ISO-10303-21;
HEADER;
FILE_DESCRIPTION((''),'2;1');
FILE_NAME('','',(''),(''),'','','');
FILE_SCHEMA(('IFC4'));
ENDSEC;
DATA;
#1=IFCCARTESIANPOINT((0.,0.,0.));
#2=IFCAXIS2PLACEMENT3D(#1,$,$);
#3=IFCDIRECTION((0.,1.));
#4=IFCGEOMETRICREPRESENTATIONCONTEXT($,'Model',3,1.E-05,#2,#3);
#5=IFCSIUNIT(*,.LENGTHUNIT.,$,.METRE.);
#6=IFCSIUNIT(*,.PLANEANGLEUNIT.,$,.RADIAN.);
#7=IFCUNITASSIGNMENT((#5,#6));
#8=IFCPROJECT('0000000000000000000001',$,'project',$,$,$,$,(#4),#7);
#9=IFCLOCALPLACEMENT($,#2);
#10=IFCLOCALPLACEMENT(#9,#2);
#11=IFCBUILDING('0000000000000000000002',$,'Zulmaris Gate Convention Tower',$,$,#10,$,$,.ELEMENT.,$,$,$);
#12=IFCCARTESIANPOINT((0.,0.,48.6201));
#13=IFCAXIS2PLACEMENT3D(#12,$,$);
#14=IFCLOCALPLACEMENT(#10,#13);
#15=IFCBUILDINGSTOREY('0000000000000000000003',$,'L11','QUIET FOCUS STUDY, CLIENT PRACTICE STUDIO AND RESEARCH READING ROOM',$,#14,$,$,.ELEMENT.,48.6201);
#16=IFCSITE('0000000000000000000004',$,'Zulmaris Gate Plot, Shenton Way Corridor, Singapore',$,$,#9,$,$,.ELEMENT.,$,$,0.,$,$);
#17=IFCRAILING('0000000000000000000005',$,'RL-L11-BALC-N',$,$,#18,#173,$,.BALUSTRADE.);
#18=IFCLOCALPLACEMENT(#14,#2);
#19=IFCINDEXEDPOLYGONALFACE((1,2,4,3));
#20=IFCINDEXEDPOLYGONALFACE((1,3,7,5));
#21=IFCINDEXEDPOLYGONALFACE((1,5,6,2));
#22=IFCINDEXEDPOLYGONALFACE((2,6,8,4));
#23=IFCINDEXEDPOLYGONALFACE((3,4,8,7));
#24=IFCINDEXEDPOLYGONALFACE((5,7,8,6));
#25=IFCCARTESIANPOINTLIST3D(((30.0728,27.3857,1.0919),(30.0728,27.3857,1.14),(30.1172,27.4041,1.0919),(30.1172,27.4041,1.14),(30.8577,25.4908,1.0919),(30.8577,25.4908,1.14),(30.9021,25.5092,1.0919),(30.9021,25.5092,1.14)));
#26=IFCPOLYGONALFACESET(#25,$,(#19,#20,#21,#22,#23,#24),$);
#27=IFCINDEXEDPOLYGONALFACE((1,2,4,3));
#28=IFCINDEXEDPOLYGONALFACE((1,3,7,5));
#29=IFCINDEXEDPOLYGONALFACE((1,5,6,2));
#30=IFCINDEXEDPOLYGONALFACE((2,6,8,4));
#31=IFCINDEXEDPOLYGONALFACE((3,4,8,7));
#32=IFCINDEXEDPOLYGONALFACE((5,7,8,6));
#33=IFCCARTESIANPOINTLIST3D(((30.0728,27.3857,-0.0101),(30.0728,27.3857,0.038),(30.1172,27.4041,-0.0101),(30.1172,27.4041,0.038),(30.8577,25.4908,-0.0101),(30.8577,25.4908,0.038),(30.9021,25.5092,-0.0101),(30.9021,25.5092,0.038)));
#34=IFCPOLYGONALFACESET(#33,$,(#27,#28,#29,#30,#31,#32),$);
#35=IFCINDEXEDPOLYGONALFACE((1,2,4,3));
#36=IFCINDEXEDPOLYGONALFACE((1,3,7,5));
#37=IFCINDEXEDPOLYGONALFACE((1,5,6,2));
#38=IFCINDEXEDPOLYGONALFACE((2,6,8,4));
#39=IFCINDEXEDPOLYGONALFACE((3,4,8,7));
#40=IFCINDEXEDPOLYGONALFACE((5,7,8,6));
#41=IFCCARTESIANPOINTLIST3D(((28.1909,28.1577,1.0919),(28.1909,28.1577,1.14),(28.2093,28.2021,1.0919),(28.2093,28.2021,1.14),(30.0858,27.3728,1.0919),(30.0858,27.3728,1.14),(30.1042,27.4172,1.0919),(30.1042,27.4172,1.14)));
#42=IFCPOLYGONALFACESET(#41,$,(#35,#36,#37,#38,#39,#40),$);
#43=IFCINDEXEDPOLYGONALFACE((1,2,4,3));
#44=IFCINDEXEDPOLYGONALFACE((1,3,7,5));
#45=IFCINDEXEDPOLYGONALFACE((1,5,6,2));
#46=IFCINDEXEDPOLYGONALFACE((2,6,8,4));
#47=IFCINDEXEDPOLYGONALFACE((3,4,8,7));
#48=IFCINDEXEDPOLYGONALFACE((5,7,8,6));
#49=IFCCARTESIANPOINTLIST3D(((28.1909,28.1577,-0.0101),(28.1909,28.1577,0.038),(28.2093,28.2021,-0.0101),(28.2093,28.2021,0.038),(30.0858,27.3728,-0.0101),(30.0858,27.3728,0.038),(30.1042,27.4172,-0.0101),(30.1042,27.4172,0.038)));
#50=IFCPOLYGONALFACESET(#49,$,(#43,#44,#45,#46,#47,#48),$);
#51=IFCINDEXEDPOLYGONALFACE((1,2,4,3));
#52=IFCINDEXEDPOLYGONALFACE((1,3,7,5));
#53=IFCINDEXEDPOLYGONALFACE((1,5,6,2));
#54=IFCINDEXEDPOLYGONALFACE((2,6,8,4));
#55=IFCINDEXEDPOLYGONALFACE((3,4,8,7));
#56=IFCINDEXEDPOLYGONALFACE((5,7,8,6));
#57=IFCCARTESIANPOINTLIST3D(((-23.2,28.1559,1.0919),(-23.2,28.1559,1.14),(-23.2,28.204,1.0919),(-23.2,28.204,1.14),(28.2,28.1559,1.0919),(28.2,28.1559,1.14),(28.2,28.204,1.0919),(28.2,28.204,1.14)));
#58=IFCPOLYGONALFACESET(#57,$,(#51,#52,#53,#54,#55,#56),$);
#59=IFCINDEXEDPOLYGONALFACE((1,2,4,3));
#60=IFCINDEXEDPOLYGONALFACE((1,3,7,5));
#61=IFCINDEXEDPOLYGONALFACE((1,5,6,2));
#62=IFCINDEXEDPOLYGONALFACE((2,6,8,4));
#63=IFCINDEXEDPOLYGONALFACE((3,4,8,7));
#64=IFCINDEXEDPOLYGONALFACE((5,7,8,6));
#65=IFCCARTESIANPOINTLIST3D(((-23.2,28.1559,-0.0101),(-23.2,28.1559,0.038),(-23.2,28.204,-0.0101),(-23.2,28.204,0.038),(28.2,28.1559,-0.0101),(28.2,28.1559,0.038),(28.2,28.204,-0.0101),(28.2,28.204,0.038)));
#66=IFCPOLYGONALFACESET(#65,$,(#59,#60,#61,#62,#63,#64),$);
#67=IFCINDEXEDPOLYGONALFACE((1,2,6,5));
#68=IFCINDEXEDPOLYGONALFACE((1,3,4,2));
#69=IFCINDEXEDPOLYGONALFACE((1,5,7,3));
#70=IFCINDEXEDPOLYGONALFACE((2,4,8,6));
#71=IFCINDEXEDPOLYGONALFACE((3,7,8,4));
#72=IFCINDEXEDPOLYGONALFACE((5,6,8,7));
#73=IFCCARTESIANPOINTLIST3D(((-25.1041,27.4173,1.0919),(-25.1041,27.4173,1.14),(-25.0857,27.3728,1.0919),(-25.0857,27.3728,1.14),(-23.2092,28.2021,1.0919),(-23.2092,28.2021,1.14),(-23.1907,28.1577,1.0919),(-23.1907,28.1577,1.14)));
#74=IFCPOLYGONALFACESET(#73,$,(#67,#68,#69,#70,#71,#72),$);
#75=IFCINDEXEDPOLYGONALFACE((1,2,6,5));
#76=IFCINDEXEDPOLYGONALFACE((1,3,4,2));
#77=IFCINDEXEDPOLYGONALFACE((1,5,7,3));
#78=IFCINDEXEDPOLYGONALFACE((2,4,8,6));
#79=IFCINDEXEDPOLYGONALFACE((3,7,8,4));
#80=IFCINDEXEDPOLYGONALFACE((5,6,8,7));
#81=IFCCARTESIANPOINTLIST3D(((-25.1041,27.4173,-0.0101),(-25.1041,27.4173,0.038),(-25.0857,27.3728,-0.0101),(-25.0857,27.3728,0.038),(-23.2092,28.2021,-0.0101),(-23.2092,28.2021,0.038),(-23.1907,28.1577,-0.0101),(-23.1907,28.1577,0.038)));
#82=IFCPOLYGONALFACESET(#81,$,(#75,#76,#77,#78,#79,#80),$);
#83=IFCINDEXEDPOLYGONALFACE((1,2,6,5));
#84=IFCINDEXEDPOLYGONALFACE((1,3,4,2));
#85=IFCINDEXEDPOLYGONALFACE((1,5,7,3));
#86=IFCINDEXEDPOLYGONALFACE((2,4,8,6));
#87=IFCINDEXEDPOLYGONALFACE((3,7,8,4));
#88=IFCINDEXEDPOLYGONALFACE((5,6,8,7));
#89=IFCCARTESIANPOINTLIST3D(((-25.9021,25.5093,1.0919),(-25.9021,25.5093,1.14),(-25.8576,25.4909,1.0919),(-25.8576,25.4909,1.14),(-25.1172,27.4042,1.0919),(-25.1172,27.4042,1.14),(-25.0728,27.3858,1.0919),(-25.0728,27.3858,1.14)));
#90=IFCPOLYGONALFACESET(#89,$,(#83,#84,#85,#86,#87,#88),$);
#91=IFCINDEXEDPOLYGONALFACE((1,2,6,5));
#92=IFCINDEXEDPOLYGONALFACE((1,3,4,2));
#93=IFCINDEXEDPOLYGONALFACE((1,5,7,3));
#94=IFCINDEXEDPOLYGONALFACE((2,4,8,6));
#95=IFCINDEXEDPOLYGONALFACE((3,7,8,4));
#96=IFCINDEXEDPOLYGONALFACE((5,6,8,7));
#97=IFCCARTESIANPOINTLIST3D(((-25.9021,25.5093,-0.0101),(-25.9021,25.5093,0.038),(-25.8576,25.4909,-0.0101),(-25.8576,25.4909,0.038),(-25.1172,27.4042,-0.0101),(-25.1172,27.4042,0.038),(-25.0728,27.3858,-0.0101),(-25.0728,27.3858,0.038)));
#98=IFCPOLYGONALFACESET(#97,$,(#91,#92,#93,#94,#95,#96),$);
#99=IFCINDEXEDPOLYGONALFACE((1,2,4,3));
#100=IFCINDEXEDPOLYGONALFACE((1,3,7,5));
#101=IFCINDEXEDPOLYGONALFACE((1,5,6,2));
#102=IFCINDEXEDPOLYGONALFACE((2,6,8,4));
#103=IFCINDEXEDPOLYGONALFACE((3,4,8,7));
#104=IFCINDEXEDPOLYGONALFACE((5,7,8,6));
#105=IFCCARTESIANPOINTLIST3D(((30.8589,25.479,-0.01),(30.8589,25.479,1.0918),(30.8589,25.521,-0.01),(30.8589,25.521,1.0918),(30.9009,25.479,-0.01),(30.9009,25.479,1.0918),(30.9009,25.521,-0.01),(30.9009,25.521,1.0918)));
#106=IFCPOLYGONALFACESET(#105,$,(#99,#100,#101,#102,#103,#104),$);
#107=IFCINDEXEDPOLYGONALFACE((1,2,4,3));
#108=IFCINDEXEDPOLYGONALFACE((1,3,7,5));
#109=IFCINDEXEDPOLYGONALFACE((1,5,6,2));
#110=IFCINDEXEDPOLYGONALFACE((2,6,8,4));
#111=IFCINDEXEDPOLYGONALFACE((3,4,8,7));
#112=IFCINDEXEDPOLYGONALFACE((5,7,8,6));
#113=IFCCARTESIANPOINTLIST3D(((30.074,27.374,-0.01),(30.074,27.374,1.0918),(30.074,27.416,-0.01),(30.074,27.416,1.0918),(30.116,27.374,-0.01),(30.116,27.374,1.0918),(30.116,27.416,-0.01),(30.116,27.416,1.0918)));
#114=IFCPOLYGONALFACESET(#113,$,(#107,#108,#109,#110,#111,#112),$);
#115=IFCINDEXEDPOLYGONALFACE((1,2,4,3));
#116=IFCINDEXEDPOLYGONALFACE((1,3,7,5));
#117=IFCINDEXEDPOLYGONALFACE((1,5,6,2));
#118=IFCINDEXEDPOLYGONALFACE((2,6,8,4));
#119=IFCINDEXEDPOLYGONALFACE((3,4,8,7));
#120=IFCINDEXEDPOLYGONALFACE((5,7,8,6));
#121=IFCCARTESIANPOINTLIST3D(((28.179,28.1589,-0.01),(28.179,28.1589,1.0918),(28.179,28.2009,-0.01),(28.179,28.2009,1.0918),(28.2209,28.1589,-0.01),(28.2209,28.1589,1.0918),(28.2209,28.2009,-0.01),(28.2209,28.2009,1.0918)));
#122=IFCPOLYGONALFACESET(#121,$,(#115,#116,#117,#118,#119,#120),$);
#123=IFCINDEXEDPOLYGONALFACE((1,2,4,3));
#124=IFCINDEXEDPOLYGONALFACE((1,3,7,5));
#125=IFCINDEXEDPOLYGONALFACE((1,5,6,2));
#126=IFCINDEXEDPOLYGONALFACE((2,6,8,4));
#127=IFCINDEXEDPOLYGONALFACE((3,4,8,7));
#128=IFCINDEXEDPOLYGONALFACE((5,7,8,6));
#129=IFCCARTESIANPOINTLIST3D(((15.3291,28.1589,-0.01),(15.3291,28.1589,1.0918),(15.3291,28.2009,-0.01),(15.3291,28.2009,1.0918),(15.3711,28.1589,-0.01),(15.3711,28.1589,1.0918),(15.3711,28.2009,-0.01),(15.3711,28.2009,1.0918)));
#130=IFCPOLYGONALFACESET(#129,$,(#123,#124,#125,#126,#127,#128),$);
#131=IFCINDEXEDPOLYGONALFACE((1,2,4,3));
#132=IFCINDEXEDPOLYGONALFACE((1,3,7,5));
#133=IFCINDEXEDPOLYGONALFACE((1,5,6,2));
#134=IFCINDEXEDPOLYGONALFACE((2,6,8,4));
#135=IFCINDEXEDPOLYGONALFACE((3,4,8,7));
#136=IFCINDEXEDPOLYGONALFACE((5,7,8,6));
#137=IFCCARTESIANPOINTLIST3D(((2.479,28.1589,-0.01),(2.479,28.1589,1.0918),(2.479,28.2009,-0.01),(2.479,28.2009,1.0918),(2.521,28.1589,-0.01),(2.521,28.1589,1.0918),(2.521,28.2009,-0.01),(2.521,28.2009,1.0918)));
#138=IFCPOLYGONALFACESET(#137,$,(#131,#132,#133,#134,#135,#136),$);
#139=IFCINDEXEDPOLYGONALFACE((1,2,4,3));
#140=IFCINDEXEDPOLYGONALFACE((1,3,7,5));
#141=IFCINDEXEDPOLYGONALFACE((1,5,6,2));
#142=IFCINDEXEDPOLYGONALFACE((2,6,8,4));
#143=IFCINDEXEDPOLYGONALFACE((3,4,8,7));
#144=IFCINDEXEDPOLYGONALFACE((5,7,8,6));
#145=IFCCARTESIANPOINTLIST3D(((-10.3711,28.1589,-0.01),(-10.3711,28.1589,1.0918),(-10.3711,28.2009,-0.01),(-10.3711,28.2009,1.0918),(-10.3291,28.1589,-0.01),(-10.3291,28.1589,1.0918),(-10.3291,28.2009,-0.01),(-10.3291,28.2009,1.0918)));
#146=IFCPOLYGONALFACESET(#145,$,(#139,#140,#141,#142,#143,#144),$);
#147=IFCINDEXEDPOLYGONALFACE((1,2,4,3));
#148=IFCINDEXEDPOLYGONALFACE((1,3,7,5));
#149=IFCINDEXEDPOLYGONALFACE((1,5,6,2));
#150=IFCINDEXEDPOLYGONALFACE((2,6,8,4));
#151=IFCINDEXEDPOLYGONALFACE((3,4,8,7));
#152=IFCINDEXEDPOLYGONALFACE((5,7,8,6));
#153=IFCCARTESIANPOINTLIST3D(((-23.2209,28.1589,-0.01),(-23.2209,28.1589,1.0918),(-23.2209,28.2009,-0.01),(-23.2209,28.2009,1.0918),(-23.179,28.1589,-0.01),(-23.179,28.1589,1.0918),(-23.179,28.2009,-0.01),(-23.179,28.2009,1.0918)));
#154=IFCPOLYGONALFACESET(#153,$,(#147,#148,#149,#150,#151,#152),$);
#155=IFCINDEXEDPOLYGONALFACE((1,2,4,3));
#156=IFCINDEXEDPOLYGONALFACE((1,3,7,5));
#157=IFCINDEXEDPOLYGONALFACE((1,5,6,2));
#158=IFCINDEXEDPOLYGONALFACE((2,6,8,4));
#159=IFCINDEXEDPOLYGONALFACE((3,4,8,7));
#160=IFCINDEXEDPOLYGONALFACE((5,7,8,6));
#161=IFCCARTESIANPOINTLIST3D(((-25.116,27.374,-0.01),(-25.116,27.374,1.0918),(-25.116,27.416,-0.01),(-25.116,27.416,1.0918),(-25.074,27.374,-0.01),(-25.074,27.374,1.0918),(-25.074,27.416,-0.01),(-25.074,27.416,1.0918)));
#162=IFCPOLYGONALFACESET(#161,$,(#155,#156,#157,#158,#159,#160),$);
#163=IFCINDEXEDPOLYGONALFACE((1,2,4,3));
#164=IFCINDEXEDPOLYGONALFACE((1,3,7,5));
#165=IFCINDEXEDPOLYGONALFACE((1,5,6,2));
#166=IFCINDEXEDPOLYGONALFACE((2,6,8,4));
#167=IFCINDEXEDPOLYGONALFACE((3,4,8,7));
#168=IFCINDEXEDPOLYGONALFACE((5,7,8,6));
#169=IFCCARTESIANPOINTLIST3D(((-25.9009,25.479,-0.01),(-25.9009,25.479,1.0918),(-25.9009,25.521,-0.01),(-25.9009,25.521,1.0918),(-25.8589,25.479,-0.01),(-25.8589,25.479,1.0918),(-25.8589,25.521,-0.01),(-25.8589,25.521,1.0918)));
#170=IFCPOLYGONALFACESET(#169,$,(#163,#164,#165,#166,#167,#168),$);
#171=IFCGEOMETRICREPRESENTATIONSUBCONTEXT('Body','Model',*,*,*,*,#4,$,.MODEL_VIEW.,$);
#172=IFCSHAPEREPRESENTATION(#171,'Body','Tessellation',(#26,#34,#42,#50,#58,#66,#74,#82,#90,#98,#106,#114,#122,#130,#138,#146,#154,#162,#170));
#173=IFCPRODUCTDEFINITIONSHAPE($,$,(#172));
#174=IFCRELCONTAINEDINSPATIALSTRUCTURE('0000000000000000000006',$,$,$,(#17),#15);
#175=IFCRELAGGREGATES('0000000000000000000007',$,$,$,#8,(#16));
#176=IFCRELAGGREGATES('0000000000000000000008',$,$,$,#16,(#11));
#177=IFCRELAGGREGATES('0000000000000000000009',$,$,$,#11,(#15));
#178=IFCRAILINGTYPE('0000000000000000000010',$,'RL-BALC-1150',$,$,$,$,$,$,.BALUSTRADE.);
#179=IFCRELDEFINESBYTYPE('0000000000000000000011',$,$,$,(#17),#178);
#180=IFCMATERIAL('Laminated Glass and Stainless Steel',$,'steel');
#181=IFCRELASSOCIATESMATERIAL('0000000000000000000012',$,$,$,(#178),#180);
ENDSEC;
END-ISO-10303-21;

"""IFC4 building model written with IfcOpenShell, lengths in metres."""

from ifc_helpers import new_model, si_unit, direction, frame, origin, origin_2d, place, context, subcontext, project, spatial, rectangle, extrude, material, type_object, element, save


model = new_model("IFC4")

# Units and contexts
model_context = context("Model", 3, precision=1e-05, world=origin(), true_north=direction((0.0, 1.0)))
body_context = subcontext(model_context, "Body", "Model", "MODEL_VIEW")
ifc_project = project(units=[si_unit("LENGTHUNIT", "METRE"), si_unit("PLANEANGLEUNIT", "RADIAN")], contexts=[model_context])

# Site, building, storey
site_placement = place(None, origin())
site = spatial("IfcSite", under=ifc_project, at=site_placement, Name="Zulmaris Gate Plot, Shenton Way Corridor, Singapore", CompositionType="ELEMENT", RefElevation=0.0)
building_placement = place(site_placement, origin())
building = spatial("IfcBuilding", under=site, at=building_placement, Name="Zulmaris Gate Convention Tower", CompositionType="ELEMENT")
storey_placement = place(building_placement, frame((0.0, 0.0, 48.6201)))
storey = spatial("IfcBuildingStorey", under=building, at=storey_placement, Name="L11", Description="QUIET FOCUS STUDY, CLIENT PRACTICE STUDIO AND RESEARCH READING ROOM", CompositionType="ELEMENT", Elevation=48.6201)

# Railing
ifc_material_1 = material(Name="Laminated Glass and Stainless Steel", Category="steel")
railing_type = type_object("IfcRailingType", Name="RL-BALC-1150", PredefinedType="BALUSTRADE", material=ifc_material_1)
railing_placement = place(storey_placement, frame((30.8799, 25.5, -0.01)))
element("IfcRailing", 1, at=railing_placement, inside=storey, type_object=railing_type, Name="RL-L11-BALC-N", PredefinedType="BALUSTRADE", context=body_context, shape_type="SweptSolid", body=[
    extrude(rectangle(XDim=0.0481, YDim=0.0481, at=origin_2d()), frame((0.0, 0.0, 1.126), z_axis=(-0.382671, 0.923885, 0.0), x_axis=(-0.923885, -0.382671, 0.0)), (0.0, 0.0, 1.0), 2.051),
    extrude(rectangle(XDim=0.0481, YDim=0.0481, at=origin_2d()), frame((0.0, 0.0, 0.0239), z_axis=(-0.382671, 0.923885, 0.0), x_axis=(-0.923885, -0.382671, 0.0)), (0.0, 0.0, 1.0), 2.051),
    extrude(rectangle(XDim=0.0481, YDim=0.0481, at=origin_2d()), frame((-0.7849, 1.895, 1.126), z_axis=(-0.923885, 0.382671, 0.0), x_axis=(-0.382671, -0.923885, 0.0)), (0.0, 0.0, 1.0), 2.051),
    extrude(rectangle(XDim=0.0481, YDim=0.0481, at=origin_2d()), frame((-0.7849, 1.895, 0.0239), z_axis=(-0.923885, 0.382671, 0.0), x_axis=(-0.382671, -0.923885, 0.0)), (0.0, 0.0, 1.0), 2.051),
    extrude(rectangle(XDim=0.0481, YDim=0.0481, at=origin_2d()), frame((-2.6799, 2.6799, 1.126), z_axis=(-1.0, 0.0, 0.0), x_axis=(0.0, -1.0, 0.0)), (0.0, 0.0, 1.0), 51.3999),
    extrude(rectangle(XDim=0.0481, YDim=0.0481, at=origin_2d()), frame((-2.6799, 2.6799, 0.0239), z_axis=(-1.0, 0.0, 0.0), x_axis=(0.0, -1.0, 0.0)), (0.0, 0.0, 1.0), 51.3999),
    extrude(rectangle(XDim=0.0481, YDim=0.0481, at=origin_2d()), frame((-54.0798, 2.6799, 1.126), z_axis=(-0.923885, -0.382671, 0.0), x_axis=(0.382671, -0.923885, 0.0)), (0.0, 0.0, 1.0), 2.051),
    extrude(rectangle(XDim=0.0481, YDim=0.0481, at=origin_2d()), frame((-54.0798, 2.6799, 0.0239), z_axis=(-0.923885, -0.382671, 0.0), x_axis=(0.382671, -0.923885, 0.0)), (0.0, 0.0, 1.0), 2.051),
    extrude(rectangle(XDim=0.0481, YDim=0.0481, at=origin_2d()), frame((-55.9749, 1.895, 1.126), z_axis=(-0.382671, -0.923885, 0.0), x_axis=(0.923885, -0.382671, 0.0)), (0.0, 0.0, 1.0), 2.051),
    extrude(rectangle(XDim=0.0481, YDim=0.0481, at=origin_2d()), frame((-55.9749, 1.895, 0.0239), z_axis=(-0.382671, -0.923885, 0.0), x_axis=(0.923885, -0.382671, 0.0)), (0.0, 0.0, 1.0), 2.051),
    extrude(rectangle(XDim=0.042, YDim=0.042, at=origin_2d()), origin(), (0.0, 0.0, 1.0), 1.1018),
    extrude(rectangle(XDim=0.042, YDim=0.042, at=origin_2d()), frame((-0.7849, 1.895, 0.0)), (0.0, 0.0, 1.0), 1.1018),
    extrude(rectangle(XDim=0.042, YDim=0.042, at=origin_2d()), frame((-2.6799, 2.6799, 0.0)), (0.0, 0.0, 1.0), 1.1018),
    extrude(rectangle(XDim=0.042, YDim=0.042, at=origin_2d()), frame((-15.5298, 2.6799, 0.0)), (0.0, 0.0, 1.0), 1.1018),
    extrude(rectangle(XDim=0.042, YDim=0.042, at=origin_2d()), frame((-28.3799, 2.6799, 0.0)), (0.0, 0.0, 1.0), 1.1018),
    extrude(rectangle(XDim=0.042, YDim=0.042, at=origin_2d()), frame((-41.23, 2.6799, 0.0)), (0.0, 0.0, 1.0), 1.1018),
    extrude(rectangle(XDim=0.042, YDim=0.042, at=origin_2d()), frame((-54.0798, 2.6799, 0.0)), (0.0, 0.0, 1.0), 1.1018),
    extrude(rectangle(XDim=0.042, YDim=0.042, at=origin_2d()), frame((-55.9749, 1.895, 0.0)), (0.0, 0.0, 1.0), 1.1018),
    extrude(rectangle(XDim=0.042, YDim=0.042, at=origin_2d()), frame((-56.7598, 0.0, 0.0)), (0.0, 0.0, 1.0), 1.1018),
])

save(model, "model.ifc")
